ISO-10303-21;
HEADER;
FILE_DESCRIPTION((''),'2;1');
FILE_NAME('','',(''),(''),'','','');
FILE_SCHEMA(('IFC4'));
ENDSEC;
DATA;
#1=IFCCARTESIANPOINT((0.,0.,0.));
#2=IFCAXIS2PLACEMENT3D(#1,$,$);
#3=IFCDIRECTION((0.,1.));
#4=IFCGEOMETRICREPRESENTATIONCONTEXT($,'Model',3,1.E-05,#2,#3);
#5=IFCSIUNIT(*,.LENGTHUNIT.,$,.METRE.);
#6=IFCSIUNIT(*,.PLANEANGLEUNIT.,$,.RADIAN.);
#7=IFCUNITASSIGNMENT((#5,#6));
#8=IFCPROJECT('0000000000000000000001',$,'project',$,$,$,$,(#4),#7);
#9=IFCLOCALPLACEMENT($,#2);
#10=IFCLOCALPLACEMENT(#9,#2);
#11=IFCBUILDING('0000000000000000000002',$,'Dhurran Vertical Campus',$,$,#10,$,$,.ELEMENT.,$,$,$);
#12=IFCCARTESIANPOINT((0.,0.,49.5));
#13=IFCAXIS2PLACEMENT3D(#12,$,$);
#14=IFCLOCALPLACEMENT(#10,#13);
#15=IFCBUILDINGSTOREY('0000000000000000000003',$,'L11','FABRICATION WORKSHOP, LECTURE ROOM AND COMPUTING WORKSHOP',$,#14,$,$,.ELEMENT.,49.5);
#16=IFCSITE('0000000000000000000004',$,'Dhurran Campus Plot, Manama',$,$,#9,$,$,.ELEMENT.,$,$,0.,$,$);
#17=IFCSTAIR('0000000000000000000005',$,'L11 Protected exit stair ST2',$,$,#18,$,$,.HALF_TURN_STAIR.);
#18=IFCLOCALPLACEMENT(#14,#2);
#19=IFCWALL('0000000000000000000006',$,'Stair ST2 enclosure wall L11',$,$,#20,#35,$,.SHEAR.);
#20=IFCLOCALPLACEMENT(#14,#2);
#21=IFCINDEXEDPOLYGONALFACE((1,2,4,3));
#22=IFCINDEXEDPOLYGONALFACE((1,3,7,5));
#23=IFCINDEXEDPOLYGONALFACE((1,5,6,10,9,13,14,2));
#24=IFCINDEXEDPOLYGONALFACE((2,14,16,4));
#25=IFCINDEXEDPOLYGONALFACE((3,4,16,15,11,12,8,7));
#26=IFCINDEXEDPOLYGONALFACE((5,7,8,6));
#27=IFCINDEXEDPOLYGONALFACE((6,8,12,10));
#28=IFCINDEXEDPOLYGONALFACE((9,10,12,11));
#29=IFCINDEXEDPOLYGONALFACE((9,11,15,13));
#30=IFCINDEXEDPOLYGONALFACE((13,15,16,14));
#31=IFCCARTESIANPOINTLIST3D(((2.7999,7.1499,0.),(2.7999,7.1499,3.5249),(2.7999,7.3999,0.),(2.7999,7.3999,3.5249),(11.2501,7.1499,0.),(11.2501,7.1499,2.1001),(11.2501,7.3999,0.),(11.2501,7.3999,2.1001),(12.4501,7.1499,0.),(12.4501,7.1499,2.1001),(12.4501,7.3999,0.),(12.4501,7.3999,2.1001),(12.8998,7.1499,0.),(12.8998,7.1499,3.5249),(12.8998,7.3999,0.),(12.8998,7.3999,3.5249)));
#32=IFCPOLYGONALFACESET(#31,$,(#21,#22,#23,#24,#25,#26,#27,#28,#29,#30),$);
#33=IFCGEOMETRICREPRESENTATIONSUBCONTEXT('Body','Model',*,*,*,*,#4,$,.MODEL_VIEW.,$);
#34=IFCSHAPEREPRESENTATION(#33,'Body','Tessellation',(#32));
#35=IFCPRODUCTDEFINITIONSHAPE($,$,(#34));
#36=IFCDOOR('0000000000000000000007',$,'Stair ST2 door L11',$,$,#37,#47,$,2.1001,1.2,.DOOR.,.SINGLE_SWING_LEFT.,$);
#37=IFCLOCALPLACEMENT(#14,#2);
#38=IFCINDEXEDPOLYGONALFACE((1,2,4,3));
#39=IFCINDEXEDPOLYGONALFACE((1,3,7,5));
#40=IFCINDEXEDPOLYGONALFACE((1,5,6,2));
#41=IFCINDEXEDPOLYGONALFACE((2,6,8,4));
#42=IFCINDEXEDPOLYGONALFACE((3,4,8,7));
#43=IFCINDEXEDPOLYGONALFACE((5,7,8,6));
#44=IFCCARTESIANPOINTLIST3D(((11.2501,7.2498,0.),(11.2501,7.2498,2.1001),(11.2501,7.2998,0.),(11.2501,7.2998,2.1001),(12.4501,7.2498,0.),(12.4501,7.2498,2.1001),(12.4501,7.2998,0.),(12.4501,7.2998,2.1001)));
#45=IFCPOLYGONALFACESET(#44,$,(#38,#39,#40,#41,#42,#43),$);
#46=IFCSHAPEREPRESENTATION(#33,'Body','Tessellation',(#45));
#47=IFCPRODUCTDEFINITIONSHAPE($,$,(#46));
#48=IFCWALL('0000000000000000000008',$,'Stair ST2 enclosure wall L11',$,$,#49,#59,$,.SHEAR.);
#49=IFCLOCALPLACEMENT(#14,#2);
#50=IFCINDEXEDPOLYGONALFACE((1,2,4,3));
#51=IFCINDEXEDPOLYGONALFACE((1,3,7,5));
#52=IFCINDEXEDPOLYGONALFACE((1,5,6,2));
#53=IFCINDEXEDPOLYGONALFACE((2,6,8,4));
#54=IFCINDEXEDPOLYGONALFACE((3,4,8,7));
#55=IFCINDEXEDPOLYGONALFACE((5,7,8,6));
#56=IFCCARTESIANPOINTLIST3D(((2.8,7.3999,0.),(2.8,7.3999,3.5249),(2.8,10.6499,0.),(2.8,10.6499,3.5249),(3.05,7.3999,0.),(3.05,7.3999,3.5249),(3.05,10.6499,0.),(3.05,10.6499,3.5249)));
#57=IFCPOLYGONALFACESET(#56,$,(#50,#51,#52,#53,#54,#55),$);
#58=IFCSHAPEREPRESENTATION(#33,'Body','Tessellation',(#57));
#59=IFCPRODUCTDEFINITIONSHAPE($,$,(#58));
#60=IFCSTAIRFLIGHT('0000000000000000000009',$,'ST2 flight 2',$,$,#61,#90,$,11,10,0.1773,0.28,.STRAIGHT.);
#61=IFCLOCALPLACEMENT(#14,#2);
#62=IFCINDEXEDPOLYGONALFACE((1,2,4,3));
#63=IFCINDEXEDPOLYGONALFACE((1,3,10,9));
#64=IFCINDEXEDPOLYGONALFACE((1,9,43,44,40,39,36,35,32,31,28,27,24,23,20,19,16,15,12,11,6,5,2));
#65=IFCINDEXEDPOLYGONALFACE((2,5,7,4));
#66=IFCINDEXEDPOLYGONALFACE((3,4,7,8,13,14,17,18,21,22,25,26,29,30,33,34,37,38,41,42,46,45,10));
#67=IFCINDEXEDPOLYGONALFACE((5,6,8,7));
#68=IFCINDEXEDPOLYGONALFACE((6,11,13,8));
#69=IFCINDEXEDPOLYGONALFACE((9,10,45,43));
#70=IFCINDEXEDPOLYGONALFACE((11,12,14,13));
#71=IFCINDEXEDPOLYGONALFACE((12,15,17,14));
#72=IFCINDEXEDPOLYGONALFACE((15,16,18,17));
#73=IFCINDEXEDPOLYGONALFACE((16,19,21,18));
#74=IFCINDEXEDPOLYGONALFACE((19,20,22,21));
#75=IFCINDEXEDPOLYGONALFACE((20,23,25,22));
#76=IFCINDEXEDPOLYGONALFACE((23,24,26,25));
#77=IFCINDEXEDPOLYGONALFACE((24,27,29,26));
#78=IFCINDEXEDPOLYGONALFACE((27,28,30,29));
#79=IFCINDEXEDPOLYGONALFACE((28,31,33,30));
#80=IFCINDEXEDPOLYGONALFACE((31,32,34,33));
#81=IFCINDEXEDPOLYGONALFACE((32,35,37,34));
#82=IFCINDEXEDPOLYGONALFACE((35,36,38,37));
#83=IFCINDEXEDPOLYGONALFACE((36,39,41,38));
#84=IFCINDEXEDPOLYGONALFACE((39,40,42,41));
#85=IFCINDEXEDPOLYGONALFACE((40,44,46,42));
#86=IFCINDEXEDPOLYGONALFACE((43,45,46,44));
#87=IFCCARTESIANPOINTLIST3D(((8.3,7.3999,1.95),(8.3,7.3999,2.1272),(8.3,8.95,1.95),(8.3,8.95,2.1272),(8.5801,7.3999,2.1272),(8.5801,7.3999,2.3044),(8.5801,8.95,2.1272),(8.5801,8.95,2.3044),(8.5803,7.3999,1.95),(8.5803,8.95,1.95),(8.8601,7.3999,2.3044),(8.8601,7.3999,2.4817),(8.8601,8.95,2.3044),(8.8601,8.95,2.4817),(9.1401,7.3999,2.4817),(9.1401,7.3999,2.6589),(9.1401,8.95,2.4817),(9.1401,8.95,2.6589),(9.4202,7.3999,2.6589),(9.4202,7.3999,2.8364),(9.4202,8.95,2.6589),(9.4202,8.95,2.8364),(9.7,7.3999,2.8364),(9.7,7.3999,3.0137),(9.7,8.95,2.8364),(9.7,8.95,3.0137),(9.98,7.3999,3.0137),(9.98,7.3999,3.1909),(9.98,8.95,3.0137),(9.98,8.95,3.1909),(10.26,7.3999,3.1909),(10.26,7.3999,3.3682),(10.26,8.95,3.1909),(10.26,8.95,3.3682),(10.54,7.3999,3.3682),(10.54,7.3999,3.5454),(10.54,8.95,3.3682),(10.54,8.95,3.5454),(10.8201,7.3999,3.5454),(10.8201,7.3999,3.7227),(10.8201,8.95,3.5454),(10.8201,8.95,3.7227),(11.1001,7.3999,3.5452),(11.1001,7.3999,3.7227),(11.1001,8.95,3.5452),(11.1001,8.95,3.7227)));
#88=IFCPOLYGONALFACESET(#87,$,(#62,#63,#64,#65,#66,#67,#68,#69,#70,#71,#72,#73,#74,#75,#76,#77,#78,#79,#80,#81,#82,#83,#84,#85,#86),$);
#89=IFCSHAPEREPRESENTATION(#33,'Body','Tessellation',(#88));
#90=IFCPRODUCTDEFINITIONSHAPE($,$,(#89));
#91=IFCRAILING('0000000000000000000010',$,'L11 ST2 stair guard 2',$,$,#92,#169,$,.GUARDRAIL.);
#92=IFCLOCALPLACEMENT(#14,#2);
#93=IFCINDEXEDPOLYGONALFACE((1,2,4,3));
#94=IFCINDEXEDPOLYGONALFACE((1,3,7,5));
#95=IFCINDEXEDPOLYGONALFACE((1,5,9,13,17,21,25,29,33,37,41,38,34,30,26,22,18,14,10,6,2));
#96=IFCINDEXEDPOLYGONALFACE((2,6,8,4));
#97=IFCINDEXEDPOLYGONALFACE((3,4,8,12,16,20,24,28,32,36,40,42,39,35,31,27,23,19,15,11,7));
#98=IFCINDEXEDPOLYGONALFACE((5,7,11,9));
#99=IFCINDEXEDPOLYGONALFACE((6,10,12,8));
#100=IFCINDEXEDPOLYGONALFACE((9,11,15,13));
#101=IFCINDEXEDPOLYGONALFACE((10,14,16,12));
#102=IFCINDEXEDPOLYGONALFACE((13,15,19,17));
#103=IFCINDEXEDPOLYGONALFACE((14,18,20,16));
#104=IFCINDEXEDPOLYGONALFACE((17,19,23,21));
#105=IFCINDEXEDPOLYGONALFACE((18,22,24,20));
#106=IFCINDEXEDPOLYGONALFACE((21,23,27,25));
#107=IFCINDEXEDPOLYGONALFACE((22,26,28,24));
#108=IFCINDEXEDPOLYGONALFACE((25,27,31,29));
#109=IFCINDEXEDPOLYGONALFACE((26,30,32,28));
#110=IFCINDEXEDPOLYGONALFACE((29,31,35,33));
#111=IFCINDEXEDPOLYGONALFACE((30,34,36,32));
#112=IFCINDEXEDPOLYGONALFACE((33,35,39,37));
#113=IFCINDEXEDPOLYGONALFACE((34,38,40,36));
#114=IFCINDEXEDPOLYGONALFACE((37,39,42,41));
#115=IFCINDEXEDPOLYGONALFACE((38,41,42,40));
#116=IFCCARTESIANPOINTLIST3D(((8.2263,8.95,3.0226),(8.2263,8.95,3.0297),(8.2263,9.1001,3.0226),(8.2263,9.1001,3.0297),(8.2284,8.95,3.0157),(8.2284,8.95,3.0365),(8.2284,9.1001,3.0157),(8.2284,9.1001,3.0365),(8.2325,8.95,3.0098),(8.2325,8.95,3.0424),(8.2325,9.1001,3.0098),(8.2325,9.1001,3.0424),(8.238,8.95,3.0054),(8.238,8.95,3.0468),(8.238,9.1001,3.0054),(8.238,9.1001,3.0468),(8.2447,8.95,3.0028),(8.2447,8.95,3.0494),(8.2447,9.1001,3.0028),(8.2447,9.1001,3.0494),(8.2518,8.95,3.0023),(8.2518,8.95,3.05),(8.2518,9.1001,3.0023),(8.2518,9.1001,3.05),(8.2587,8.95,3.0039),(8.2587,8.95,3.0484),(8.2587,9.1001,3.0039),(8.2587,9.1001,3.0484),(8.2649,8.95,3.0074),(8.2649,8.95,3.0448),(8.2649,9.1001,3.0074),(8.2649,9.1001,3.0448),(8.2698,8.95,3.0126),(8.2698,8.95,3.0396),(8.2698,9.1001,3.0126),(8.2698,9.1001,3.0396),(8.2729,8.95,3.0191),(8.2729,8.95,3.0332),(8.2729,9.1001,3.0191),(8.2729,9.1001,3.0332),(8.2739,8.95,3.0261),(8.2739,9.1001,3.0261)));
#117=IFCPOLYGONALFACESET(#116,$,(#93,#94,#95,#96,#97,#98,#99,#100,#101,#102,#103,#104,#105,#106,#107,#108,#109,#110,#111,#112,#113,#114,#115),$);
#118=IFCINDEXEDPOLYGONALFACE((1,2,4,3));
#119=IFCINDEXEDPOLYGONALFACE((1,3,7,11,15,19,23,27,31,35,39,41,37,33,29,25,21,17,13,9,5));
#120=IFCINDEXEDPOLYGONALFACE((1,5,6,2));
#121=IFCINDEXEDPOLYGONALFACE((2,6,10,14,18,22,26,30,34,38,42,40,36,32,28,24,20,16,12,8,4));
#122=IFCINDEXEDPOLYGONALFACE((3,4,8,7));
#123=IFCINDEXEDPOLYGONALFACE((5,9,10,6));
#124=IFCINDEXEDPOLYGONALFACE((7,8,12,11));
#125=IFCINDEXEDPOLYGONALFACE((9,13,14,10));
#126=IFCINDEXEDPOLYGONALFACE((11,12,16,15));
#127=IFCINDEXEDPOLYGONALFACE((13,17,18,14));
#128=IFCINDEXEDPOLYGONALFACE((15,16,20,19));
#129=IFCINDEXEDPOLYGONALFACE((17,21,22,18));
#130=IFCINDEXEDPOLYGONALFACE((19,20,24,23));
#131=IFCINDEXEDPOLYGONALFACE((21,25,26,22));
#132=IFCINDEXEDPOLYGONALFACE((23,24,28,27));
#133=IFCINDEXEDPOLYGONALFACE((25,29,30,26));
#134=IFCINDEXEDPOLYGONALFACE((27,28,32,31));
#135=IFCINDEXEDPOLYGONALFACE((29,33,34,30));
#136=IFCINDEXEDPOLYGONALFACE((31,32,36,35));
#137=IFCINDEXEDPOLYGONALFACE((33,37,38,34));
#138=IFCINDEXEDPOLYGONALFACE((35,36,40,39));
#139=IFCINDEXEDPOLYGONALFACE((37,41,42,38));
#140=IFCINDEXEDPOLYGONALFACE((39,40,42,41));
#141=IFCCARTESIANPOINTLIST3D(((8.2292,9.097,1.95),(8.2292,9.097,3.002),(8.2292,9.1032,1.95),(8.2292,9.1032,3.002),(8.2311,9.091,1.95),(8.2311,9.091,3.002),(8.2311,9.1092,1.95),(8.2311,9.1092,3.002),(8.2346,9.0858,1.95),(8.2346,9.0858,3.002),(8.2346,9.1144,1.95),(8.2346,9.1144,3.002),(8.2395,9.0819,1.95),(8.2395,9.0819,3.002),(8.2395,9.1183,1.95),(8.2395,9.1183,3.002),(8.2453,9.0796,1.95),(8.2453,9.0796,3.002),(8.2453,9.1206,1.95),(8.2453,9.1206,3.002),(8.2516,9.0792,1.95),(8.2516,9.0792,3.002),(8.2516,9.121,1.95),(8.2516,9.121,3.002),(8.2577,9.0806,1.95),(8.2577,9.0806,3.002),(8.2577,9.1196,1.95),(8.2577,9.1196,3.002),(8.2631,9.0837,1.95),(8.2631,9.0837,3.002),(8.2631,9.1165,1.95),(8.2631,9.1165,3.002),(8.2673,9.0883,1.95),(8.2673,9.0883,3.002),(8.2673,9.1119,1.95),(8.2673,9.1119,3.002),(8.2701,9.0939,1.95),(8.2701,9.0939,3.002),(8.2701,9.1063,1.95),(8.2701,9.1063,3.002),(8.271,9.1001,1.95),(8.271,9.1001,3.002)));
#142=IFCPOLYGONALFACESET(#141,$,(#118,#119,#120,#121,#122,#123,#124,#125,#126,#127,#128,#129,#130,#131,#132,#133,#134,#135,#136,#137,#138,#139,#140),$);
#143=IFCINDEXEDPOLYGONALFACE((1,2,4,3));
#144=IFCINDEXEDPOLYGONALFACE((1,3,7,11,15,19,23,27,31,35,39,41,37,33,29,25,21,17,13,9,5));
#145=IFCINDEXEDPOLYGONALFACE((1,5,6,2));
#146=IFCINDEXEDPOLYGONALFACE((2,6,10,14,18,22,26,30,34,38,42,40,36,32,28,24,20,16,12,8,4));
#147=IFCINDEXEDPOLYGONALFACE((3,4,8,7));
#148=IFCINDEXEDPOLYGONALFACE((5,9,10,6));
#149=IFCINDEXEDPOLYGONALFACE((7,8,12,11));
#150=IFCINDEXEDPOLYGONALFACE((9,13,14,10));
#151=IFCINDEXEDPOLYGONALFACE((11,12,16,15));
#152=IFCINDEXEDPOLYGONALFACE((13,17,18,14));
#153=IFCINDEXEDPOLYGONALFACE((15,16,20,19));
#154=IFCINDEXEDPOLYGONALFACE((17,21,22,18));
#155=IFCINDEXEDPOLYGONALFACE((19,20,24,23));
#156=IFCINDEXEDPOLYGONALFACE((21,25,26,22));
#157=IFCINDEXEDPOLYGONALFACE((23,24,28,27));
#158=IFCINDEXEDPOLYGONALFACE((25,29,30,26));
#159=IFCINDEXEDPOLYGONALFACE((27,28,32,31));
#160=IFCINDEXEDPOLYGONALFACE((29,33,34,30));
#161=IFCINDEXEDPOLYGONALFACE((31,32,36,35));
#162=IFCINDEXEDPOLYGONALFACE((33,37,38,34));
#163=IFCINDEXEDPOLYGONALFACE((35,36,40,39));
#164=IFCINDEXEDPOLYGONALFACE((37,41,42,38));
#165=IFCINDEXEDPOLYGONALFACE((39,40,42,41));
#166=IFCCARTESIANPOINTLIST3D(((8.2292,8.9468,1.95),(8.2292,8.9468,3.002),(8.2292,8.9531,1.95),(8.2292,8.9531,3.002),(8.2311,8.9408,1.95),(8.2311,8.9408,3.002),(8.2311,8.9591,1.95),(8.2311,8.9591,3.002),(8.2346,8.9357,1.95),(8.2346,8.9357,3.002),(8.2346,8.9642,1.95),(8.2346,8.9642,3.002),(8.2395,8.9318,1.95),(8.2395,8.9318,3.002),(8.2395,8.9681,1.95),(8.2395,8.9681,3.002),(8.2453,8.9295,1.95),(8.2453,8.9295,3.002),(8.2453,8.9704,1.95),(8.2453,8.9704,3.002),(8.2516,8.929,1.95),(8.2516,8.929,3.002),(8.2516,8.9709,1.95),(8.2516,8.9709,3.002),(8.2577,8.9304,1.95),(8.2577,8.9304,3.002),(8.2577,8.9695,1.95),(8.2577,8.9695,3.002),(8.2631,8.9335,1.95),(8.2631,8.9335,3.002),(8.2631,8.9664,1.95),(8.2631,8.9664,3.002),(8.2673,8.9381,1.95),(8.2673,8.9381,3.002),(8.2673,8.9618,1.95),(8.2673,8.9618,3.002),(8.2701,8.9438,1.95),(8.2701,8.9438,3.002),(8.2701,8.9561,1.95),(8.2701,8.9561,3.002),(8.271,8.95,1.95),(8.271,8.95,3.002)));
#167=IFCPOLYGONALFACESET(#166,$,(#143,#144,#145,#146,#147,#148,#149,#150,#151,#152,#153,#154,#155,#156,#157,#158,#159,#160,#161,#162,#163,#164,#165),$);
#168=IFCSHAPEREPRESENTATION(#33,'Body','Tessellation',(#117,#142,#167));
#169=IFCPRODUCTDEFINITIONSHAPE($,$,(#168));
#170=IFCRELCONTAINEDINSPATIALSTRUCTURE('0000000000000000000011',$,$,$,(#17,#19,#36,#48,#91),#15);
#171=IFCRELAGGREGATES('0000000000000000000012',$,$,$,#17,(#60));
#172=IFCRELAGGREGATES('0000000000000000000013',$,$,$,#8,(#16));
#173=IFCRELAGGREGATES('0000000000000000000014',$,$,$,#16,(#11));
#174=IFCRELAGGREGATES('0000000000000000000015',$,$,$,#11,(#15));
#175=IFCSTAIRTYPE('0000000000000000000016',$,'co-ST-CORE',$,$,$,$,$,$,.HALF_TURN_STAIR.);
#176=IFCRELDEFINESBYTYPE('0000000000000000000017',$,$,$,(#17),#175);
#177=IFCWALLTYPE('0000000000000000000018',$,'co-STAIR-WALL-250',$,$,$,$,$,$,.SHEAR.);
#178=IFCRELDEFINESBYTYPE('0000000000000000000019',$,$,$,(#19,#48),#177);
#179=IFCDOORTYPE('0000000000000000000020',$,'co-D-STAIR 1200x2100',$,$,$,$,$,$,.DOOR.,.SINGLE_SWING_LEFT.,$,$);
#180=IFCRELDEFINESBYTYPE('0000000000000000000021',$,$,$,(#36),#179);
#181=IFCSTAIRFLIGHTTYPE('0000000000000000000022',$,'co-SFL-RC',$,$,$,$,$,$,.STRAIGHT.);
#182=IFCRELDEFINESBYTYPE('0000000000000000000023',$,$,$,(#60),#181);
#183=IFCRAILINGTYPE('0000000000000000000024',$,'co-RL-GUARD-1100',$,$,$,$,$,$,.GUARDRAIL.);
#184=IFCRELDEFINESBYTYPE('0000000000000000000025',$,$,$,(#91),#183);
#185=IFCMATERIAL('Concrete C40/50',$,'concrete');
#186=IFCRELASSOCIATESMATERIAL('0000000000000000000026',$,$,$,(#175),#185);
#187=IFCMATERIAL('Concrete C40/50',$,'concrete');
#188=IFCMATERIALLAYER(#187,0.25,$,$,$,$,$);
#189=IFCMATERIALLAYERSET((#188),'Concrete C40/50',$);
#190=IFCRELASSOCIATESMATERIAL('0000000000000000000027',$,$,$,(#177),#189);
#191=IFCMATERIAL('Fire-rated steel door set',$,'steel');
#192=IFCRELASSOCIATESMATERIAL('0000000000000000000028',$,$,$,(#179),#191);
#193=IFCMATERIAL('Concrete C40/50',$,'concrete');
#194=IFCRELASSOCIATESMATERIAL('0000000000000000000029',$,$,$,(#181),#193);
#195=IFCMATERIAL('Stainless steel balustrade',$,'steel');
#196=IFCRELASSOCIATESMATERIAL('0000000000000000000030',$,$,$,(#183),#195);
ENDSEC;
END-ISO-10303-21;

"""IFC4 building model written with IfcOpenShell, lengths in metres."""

from ifc_helpers import new_model, si_unit, direction, frame, frame_2d, origin, origin_2d, place, context, subcontext, project, spatial, polyline, rectangle, circle, outline, extrude, material, layer, layer_set, type_object, element, fill, aggregate, save


model = new_model("IFC4")

# Units and contexts
model_context = context("Model", 3, precision=1e-05, world=origin(), true_north=direction((0.0, 1.0)))
body_context = subcontext(model_context, "Body", "Model", "MODEL_VIEW")
ifc_project = project(units=[si_unit("LENGTHUNIT", "METRE"), si_unit("PLANEANGLEUNIT", "RADIAN")], contexts=[model_context])

# Site, building, storey
site_placement = place(None, origin())
site = spatial("IfcSite", under=ifc_project, at=site_placement, Name="Dhurran Campus Plot, Manama", CompositionType="ELEMENT", RefElevation=0.0)
building_placement = place(site_placement, origin())
building = spatial("IfcBuilding", under=site, at=building_placement, Name="Dhurran Vertical Campus", CompositionType="ELEMENT")
storey_placement = place(building_placement, frame((0.0, 0.0, 49.5)))
storey = spatial("IfcBuildingStorey", under=building, at=storey_placement, Name="L11", Description="FABRICATION WORKSHOP, LECTURE ROOM AND COMPUTING WORKSHOP", CompositionType="ELEMENT", Elevation=49.5)

# Stair
ifc_material_1 = material(Name="Concrete C40/50", Category="concrete")
stair_type = type_object("IfcStairType", Name="co-ST-CORE", PredefinedType="HALF_TURN_STAIR", material=ifc_material_1)
stair_1_placement = place(storey_placement, origin())
stair_1 = element("IfcStair", 1, at=stair_1_placement, inside=storey, type_object=stair_type, Name="L11 Protected exit stair ST2", PredefinedType="HALF_TURN_STAIR")

# Wall, opening, door
ifc_material_2 = material(Name="Concrete C40/50", Category="concrete")
ifc_layer_1 = layer(ifc_material_2, 0.25)
ifc_layer_set_1 = layer_set([ifc_layer_1], Name="Concrete C40/50")
wall_type_1 = type_object("IfcWallType", Name="co-STAIR-WALL-250", PredefinedType="SHEAR", material=ifc_layer_set_1)
wall_1_placement = place(storey_placement, frame((2.8, 7.2749, 0.0), z_axis=(0.0, 0.0, 1.0), x_axis=(1.0, 0.0, 0.0)))
wall_1 = element("IfcWall", 2, at=wall_1_placement, inside=storey, type_object=wall_type_1, Name="Stair ST2 enclosure wall L11", PredefinedType="SHEAR", context=body_context, shape_type="SweptSolid", body=[
    extrude(rectangle(XDim=10.0999, YDim=0.25, at=frame_2d((5.0498, 0.0))), origin(), (0.0, 0.0, 1.0), 3.5249),
])
opening_1_placement = place(wall_1_placement, frame((8.45, 0.0, 0.0)))
opening_1 = element("IfcOpeningElement", 3, at=opening_1_placement, cuts=wall_1, PredefinedType="OPENING", context=body_context, shape_type="SweptSolid", body=[
    extrude(rectangle(XDim=1.2, YDim=2.1001, at=frame_2d((0.6001, 1.05))), frame((0.0, 0.135, 0.0), z_axis=(0.0, -1.0, 0.0), x_axis=(1.0, 0.0, 0.0)), (0.0, 0.0, 1.0), 0.27),
])
ifc_material_3 = material(Name="Fire-rated steel door set", Category="steel")
door_type_1 = type_object("IfcDoorType", Name="co-D-STAIR 1200x2100", OperationType="SINGLE_SWING_LEFT", PredefinedType="DOOR", material=ifc_material_3)
door_1_placement = place(opening_1_placement, origin())
door_1 = element("IfcDoor", 4, at=door_1_placement, inside=storey, type_object=door_type_1, Name="Stair ST2 door L11", OperationType="SINGLE_SWING_LEFT", OverallHeight=2.1001, OverallWidth=1.2, PredefinedType="DOOR", context=body_context, shape_type="SweptSolid", body=[
    extrude(rectangle(XDim=1.2, YDim=2.1001, at=frame_2d((0.6001, 1.05))), frame((0.0, 0.0249, 0.0), z_axis=(0.0, -1.0, 0.0), x_axis=(1.0, 0.0, 0.0)), (0.0, 0.0, 1.0), 0.05),
])
fill(opening_1, door_1)

# Wall
wall_2_placement = place(storey_placement, frame((2.925, 7.3999, 0.0), z_axis=(0.0, 0.0, 1.0), x_axis=(0.0, 1.0, 0.0)))
element("IfcWall", 5, at=wall_2_placement, inside=storey, type_object=wall_type_1, Name="Stair ST2 enclosure wall L11", PredefinedType="SHEAR", context=body_context, shape_type="SweptSolid", body=[
    extrude(rectangle(XDim=3.25, YDim=0.25, at=frame_2d((1.625, 0.0))), origin(), (0.0, 0.0, 1.0), 3.5249),
])

# Stair flight
ifc_material_4 = material(Name="Concrete C40/50", Category="concrete")
stair_flight_type = type_object("IfcStairFlightType", Name="co-SFL-RC", PredefinedType="STRAIGHT", material=ifc_material_4)
stair_flight_placement = place(storey_placement, frame((8.3, 8.175, 1.95), z_axis=(0.0, 0.0, 1.0), x_axis=(1.0, 0.0, 0.0)))
stair_flight = element("IfcStairFlight", 6, at=stair_flight_placement, type_object=stair_flight_type, Name="ST2 flight 2", NumberOfRisers=11, NumberOfTreads=10, PredefinedType="STRAIGHT", RiserHeight=0.1773, TreadLength=0.28, context=body_context, shape_type="SweptSolid", body=[
    extrude(outline(polyline([(0.0, 0.0), (0.0, 0.1772), (0.28, 0.1772), (0.28, 0.3545), (0.5601, 0.3545), (0.5601, 0.5317), (0.8401, 0.5317), (0.8401, 0.709), (1.1201, 0.709), (1.1201, 0.8865), (1.3999, 0.8865), (1.3999, 1.0637), (1.6799, 1.0637), (1.6799, 1.241), (1.96, 1.241), (1.96, 1.4182), (2.24, 1.4182), (2.24, 1.5955), (2.52, 1.5955), (2.52, 1.7727), (2.8, 1.7727), (2.8, 1.95), (2.8, 1.5952), (0.2803, 0.0), (0.0, 0.0)])), frame((0.0, 0.7749, 0.0), z_axis=(0.0, -1.0, 0.0), x_axis=(1.0, 0.0, 0.0)), (0.0, 0.0, 1.0), 1.55),
])
aggregate(stair_1, [stair_flight])

# Railing
ifc_material_5 = material(Name="Stainless steel balustrade", Category="steel")
railing_type_1 = type_object("IfcRailingType", Name="co-RL-GUARD-1100", PredefinedType="GUARDRAIL", material=ifc_material_5)
railing_1_placement = place(storey_placement, frame((8.25, 9.1001, 1.95)))
element("IfcRailing", 7, at=railing_1_placement, inside=storey, type_object=railing_type_1, Name="L11 ST2 stair guard 2", PredefinedType="GUARDRAIL", context=body_context, shape_type="SweptSolid", body=[
    extrude(circle(Radius=0.0239, at=origin_2d()), frame((0.0, 0.0, 1.0762), z_axis=(0.0, -1.0, 0.0), x_axis=(1.0, 0.0, 0.0)), (0.0, 0.0, 1.0), 0.1501),
    extrude(circle(Radius=0.021, at=origin_2d()), origin(), (0.0, 0.0, 1.0), 1.052),
    extrude(circle(Radius=0.021, at=origin_2d()), frame((0.0, -0.1501, 0.0)), (0.0, 0.0, 1.0), 1.052),
])

save(model, "model.ifc")
